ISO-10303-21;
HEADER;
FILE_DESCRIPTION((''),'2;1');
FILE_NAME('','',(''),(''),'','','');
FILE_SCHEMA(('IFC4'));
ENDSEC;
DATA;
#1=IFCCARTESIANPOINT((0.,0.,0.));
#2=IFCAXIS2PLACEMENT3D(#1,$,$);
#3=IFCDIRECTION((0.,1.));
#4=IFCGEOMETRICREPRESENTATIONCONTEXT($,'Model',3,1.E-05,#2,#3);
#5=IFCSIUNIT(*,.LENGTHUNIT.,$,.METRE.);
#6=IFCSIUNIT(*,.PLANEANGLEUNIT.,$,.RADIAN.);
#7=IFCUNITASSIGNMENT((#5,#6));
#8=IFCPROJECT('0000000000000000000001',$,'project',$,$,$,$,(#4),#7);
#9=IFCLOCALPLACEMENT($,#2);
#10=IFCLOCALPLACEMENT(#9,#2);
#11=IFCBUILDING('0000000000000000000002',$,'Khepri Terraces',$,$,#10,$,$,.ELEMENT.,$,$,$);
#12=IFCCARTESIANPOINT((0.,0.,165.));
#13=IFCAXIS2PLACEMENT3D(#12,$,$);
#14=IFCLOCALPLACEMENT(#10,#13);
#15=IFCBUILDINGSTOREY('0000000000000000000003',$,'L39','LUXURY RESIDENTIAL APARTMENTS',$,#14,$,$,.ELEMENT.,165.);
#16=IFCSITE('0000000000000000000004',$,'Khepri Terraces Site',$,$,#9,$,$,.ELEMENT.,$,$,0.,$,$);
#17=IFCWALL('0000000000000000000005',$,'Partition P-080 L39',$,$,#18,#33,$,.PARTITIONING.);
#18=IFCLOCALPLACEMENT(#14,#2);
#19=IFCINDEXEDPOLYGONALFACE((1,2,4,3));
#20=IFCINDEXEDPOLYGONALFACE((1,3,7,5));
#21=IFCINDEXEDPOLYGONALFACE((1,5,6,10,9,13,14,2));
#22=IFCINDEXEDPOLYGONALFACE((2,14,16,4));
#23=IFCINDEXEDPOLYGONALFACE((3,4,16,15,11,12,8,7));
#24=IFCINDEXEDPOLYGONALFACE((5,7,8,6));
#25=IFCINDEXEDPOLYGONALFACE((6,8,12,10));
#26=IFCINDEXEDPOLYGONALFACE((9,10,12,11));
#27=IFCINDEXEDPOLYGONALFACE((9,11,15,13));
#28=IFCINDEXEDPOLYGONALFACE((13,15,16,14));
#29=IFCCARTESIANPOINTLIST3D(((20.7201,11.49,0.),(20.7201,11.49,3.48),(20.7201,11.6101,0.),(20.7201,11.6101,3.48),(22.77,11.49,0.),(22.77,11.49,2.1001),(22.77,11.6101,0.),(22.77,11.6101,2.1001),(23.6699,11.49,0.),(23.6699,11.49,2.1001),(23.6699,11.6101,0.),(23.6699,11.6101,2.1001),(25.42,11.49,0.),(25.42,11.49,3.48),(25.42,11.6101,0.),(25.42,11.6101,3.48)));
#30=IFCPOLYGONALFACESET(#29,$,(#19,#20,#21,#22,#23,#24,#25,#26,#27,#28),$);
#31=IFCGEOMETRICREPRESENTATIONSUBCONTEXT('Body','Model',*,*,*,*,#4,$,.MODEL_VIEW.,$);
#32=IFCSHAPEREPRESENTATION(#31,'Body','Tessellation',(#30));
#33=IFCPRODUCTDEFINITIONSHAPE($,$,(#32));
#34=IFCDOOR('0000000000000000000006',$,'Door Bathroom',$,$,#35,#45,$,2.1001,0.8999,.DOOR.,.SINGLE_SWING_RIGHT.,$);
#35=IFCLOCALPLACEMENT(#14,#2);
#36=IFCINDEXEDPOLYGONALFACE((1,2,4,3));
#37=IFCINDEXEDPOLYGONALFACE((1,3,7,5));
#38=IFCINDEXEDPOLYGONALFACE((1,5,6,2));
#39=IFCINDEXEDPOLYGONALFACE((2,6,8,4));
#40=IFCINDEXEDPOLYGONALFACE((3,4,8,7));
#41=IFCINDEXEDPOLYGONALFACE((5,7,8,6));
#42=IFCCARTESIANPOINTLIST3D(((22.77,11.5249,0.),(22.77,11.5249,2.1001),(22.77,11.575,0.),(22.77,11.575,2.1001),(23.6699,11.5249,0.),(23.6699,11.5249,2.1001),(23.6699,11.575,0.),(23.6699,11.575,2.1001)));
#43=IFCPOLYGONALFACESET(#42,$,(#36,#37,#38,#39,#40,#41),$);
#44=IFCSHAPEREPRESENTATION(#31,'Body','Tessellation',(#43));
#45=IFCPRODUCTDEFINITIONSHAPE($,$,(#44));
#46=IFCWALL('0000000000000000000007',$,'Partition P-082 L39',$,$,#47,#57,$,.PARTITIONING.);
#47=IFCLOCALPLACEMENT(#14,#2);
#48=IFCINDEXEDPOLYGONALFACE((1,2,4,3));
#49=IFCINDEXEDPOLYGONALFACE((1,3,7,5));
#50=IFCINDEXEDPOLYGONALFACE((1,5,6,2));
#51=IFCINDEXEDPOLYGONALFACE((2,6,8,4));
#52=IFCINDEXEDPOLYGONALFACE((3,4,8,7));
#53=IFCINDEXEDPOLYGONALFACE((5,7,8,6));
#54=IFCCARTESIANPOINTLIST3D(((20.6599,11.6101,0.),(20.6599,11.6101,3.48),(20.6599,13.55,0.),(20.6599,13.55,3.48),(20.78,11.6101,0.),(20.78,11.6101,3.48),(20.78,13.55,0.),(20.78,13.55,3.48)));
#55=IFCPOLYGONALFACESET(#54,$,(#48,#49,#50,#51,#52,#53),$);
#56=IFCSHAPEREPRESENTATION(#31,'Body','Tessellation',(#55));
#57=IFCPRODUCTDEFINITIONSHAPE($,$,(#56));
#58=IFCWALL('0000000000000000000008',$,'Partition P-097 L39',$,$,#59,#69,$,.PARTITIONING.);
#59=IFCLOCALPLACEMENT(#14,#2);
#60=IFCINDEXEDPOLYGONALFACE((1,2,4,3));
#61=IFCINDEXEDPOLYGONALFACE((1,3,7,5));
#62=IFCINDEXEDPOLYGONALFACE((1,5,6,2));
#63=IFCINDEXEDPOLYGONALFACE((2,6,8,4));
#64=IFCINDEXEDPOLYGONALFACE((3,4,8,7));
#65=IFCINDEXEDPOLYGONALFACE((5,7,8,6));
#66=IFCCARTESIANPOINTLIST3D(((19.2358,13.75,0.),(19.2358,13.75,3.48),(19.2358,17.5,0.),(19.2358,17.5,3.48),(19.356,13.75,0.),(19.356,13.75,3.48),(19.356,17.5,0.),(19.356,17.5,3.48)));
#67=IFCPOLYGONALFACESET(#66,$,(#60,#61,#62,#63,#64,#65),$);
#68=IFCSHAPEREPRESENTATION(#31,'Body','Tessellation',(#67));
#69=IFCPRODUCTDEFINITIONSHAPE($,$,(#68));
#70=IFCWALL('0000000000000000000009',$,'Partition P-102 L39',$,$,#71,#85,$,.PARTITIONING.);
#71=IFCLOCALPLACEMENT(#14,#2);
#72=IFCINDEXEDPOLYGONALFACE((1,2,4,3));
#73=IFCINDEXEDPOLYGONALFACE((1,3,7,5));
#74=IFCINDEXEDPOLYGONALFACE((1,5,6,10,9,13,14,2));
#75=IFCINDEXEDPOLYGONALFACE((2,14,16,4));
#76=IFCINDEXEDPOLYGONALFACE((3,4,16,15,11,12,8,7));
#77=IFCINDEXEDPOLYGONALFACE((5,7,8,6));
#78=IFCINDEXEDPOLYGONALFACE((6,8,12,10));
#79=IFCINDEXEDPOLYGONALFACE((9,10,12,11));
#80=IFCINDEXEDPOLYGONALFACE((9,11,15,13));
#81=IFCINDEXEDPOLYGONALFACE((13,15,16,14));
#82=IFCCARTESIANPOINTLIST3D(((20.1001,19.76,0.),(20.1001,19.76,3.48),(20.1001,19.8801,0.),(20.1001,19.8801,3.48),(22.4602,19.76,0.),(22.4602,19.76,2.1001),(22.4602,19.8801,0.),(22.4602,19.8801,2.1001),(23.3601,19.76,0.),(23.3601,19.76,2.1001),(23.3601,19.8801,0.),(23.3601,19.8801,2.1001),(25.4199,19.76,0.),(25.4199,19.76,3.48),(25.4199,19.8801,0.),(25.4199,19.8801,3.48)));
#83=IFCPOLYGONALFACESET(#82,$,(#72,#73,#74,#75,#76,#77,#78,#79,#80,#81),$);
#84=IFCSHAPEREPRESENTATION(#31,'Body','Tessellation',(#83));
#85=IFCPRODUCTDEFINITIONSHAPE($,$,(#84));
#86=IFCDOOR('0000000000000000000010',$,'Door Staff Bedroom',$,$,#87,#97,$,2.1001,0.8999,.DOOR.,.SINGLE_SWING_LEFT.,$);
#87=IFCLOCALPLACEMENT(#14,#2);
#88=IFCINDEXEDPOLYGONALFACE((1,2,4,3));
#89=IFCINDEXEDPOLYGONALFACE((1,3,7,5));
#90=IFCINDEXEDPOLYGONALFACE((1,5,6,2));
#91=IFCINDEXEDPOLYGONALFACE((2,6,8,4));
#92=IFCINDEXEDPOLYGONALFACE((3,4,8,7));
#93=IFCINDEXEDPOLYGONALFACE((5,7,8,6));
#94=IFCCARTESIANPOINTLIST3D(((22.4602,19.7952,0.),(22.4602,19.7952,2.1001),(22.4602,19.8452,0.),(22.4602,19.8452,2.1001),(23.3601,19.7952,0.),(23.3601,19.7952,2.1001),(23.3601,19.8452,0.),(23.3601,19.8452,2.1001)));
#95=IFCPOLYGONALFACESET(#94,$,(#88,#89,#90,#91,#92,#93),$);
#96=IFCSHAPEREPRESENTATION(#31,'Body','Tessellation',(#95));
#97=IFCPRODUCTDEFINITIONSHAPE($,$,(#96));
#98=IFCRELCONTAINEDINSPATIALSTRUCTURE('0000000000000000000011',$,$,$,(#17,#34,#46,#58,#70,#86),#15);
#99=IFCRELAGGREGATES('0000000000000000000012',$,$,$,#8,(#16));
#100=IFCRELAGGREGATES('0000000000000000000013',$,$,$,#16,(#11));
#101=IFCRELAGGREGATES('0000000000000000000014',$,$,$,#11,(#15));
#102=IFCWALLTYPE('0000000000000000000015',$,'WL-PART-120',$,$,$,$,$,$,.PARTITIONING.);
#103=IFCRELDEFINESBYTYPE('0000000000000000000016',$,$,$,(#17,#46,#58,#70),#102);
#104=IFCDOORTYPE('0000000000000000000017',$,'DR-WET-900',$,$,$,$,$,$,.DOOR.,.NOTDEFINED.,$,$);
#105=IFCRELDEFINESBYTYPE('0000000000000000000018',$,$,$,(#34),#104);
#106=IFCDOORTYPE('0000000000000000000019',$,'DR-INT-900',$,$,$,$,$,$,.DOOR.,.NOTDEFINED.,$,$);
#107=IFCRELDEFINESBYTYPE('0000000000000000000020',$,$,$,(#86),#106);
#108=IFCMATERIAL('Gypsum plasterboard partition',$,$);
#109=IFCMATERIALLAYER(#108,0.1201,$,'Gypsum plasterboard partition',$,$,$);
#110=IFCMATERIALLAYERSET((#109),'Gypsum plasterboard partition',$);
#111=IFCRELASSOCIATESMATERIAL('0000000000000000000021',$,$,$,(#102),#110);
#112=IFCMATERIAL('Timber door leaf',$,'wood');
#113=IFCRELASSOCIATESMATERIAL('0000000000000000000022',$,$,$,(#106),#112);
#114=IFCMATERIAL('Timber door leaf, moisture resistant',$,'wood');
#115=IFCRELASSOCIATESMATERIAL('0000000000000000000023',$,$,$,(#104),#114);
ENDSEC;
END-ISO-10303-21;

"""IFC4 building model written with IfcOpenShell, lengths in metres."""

from ifc_helpers import new_model, si_unit, direction, frame, frame_2d, origin, place, context, subcontext, project, spatial, rectangle, extrude, material, layer, layer_set, type_object, element, fill, save


model = new_model("IFC4")

# Units and contexts
model_context = context("Model", 3, precision=1e-05, world=origin(), true_north=direction((0.0, 1.0)))
body_context = subcontext(model_context, "Body", "Model", "MODEL_VIEW")
ifc_project = project(units=[si_unit("LENGTHUNIT", "METRE"), si_unit("PLANEANGLEUNIT", "RADIAN")], contexts=[model_context])

# Site, building, storey
site_placement = place(None, origin())
site = spatial("IfcSite", under=ifc_project, at=site_placement, Name="Khepri Terraces Site", CompositionType="ELEMENT", RefElevation=0.0)
building_placement = place(site_placement, origin())
building = spatial("IfcBuilding", under=site, at=building_placement, Name="Khepri Terraces", CompositionType="ELEMENT")
storey_placement = place(building_placement, frame((0.0, 0.0, 165.0)))
storey = spatial("IfcBuildingStorey", under=building, at=storey_placement, Name="L39", Description="LUXURY RESIDENTIAL APARTMENTS", CompositionType="ELEMENT", Elevation=165.0)

# Wall, opening, door
ifc_material_1 = material(Name="Gypsum plasterboard partition")
ifc_layer_1 = layer(ifc_material_1, 0.1201, Name="Gypsum plasterboard partition")
ifc_layer_set_1 = layer_set([ifc_layer_1], Name="Gypsum plasterboard partition")
wall_type_1 = type_object("IfcWallType", Name="WL-PART-120", PredefinedType="PARTITIONING", material=ifc_layer_set_1)
ifc_material_2 = material(Name="Timber door leaf", Category="wood")
door_type_1 = type_object("IfcDoorType", Name="DR-INT-900", OperationType="NOTDEFINED", PredefinedType="DOOR", material=ifc_material_2)
wall_1_placement = place(storey_placement, frame((20.72, 11.55, 0.0), z_axis=(0.0, 0.0, 1.0), x_axis=(1.0, 0.0, 0.0)))
wall_1 = element("IfcWall", 1, at=wall_1_placement, inside=storey, type_object=wall_type_1, Name="Partition P-080 L39", PredefinedType="PARTITIONING", context=body_context, shape_type="SweptSolid", body=[
    extrude(rectangle(XDim=4.7, YDim=0.1201, at=frame_2d((2.3501, 0.0))), origin(), (0.0, 0.0, 1.0), 3.48),
])
opening_1_placement = place(wall_1_placement, frame((2.05, 0.0, 0.0)))
opening_1 = element("IfcOpeningElement", 2, at=opening_1_placement, cuts=wall_1, PredefinedType="OPENING", context=body_context, shape_type="SweptSolid", body=[
    extrude(rectangle(XDim=0.8999, YDim=2.1001, at=frame_2d((0.45, 1.05))), frame((0.0, 0.0701, 0.0), z_axis=(0.0, -1.0, 0.0), x_axis=(1.0, 0.0, 0.0)), (0.0, 0.0, 1.0), 0.1401),
])
ifc_material_3 = material(Name="Timber door leaf, moisture resistant", Category="wood")
door_type_2 = type_object("IfcDoorType", Name="DR-WET-900", OperationType="NOTDEFINED", PredefinedType="DOOR", material=ifc_material_3)
door_1_placement = place(opening_1_placement, origin())
door_1 = element("IfcDoor", 3, at=door_1_placement, inside=storey, type_object=door_type_2, Name="Door Bathroom", OperationType="SINGLE_SWING_RIGHT", OverallHeight=2.1001, OverallWidth=0.8999, PredefinedType="DOOR", context=body_context, shape_type="SweptSolid", body=[
    extrude(rectangle(XDim=0.8999, YDim=2.1001, at=frame_2d((0.45, 1.05))), frame((0.0, 0.0249, 0.0), z_axis=(0.0, -1.0, 0.0), x_axis=(1.0, 0.0, 0.0)), (0.0, 0.0, 1.0), 0.05),
])
fill(opening_1, door_1)

# Walls
wall_2_placement = place(storey_placement, frame((20.72, 11.6101, 0.0), z_axis=(0.0, 0.0, 1.0), x_axis=(0.0, 1.0, 0.0)))
element("IfcWall", 4, at=wall_2_placement, inside=storey, type_object=wall_type_1, Name="Partition P-082 L39", PredefinedType="PARTITIONING", context=body_context, shape_type="SweptSolid", body=[
    extrude(rectangle(XDim=1.9399, YDim=0.1201, at=frame_2d((0.97, 0.0))), origin(), (0.0, 0.0, 1.0), 3.48),
])
wall_3_placement = place(storey_placement, frame((19.2959, 13.75, 0.0), z_axis=(0.0, 0.0, 1.0), x_axis=(0.0, 1.0, 0.0)))
element("IfcWall", 5, at=wall_3_placement, inside=storey, type_object=wall_type_1, Name="Partition P-097 L39", PredefinedType="PARTITIONING", context=body_context, shape_type="SweptSolid", body=[
    extrude(rectangle(XDim=3.75, YDim=0.1201, at=frame_2d((1.875, 0.0))), origin(), (0.0, 0.0, 1.0), 3.48),
])

# Wall, opening, door
wall_4_placement = place(storey_placement, frame((20.1001, 19.8201, 0.0), z_axis=(0.0, 0.0, 1.0), x_axis=(1.0, 0.0, 0.0)))
wall_4 = element("IfcWall", 6, at=wall_4_placement, inside=storey, type_object=wall_type_1, Name="Partition P-102 L39", PredefinedType="PARTITIONING", context=body_context, shape_type="SweptSolid", body=[
    extrude(rectangle(XDim=5.3198, YDim=0.1201, at=frame_2d((2.6599, 0.0))), origin(), (0.0, 0.0, 1.0), 3.48),
])
opening_2_placement = place(wall_4_placement, frame((2.3601, 0.0, 0.0)))
opening_2 = element("IfcOpeningElement", 7, at=opening_2_placement, cuts=wall_4, PredefinedType="OPENING", context=body_context, shape_type="SweptSolid", body=[
    extrude(rectangle(XDim=0.8999, YDim=2.1001, at=frame_2d((0.45, 1.05))), frame((0.0, 0.0701, 0.0), z_axis=(0.0, -1.0, 0.0), x_axis=(1.0, 0.0, 0.0)), (0.0, 0.0, 1.0), 0.1401),
])
door_2_placement = place(opening_2_placement, frame((0.8999, 0.0, 0.0), z_axis=(0.0, 0.0, 1.0), x_axis=(-1.0, 0.0, 0.0)))
door_2 = element("IfcDoor", 8, at=door_2_placement, inside=storey, type_object=door_type_1, Name="Door Staff Bedroom", OperationType="SINGLE_SWING_LEFT", OverallHeight=2.1001, OverallWidth=0.8999, PredefinedType="DOOR", context=body_context, shape_type="SweptSolid", body=[
    extrude(rectangle(XDim=0.8999, YDim=2.1001, at=frame_2d((0.45, 1.05))), frame((0.0, 0.0249, 0.0), z_axis=(0.0, -1.0, 0.0), x_axis=(1.0, 0.0, 0.0)), (0.0, 0.0, 1.0), 0.05),
])
fill(opening_2, door_2)

save(model, "model.ifc")
